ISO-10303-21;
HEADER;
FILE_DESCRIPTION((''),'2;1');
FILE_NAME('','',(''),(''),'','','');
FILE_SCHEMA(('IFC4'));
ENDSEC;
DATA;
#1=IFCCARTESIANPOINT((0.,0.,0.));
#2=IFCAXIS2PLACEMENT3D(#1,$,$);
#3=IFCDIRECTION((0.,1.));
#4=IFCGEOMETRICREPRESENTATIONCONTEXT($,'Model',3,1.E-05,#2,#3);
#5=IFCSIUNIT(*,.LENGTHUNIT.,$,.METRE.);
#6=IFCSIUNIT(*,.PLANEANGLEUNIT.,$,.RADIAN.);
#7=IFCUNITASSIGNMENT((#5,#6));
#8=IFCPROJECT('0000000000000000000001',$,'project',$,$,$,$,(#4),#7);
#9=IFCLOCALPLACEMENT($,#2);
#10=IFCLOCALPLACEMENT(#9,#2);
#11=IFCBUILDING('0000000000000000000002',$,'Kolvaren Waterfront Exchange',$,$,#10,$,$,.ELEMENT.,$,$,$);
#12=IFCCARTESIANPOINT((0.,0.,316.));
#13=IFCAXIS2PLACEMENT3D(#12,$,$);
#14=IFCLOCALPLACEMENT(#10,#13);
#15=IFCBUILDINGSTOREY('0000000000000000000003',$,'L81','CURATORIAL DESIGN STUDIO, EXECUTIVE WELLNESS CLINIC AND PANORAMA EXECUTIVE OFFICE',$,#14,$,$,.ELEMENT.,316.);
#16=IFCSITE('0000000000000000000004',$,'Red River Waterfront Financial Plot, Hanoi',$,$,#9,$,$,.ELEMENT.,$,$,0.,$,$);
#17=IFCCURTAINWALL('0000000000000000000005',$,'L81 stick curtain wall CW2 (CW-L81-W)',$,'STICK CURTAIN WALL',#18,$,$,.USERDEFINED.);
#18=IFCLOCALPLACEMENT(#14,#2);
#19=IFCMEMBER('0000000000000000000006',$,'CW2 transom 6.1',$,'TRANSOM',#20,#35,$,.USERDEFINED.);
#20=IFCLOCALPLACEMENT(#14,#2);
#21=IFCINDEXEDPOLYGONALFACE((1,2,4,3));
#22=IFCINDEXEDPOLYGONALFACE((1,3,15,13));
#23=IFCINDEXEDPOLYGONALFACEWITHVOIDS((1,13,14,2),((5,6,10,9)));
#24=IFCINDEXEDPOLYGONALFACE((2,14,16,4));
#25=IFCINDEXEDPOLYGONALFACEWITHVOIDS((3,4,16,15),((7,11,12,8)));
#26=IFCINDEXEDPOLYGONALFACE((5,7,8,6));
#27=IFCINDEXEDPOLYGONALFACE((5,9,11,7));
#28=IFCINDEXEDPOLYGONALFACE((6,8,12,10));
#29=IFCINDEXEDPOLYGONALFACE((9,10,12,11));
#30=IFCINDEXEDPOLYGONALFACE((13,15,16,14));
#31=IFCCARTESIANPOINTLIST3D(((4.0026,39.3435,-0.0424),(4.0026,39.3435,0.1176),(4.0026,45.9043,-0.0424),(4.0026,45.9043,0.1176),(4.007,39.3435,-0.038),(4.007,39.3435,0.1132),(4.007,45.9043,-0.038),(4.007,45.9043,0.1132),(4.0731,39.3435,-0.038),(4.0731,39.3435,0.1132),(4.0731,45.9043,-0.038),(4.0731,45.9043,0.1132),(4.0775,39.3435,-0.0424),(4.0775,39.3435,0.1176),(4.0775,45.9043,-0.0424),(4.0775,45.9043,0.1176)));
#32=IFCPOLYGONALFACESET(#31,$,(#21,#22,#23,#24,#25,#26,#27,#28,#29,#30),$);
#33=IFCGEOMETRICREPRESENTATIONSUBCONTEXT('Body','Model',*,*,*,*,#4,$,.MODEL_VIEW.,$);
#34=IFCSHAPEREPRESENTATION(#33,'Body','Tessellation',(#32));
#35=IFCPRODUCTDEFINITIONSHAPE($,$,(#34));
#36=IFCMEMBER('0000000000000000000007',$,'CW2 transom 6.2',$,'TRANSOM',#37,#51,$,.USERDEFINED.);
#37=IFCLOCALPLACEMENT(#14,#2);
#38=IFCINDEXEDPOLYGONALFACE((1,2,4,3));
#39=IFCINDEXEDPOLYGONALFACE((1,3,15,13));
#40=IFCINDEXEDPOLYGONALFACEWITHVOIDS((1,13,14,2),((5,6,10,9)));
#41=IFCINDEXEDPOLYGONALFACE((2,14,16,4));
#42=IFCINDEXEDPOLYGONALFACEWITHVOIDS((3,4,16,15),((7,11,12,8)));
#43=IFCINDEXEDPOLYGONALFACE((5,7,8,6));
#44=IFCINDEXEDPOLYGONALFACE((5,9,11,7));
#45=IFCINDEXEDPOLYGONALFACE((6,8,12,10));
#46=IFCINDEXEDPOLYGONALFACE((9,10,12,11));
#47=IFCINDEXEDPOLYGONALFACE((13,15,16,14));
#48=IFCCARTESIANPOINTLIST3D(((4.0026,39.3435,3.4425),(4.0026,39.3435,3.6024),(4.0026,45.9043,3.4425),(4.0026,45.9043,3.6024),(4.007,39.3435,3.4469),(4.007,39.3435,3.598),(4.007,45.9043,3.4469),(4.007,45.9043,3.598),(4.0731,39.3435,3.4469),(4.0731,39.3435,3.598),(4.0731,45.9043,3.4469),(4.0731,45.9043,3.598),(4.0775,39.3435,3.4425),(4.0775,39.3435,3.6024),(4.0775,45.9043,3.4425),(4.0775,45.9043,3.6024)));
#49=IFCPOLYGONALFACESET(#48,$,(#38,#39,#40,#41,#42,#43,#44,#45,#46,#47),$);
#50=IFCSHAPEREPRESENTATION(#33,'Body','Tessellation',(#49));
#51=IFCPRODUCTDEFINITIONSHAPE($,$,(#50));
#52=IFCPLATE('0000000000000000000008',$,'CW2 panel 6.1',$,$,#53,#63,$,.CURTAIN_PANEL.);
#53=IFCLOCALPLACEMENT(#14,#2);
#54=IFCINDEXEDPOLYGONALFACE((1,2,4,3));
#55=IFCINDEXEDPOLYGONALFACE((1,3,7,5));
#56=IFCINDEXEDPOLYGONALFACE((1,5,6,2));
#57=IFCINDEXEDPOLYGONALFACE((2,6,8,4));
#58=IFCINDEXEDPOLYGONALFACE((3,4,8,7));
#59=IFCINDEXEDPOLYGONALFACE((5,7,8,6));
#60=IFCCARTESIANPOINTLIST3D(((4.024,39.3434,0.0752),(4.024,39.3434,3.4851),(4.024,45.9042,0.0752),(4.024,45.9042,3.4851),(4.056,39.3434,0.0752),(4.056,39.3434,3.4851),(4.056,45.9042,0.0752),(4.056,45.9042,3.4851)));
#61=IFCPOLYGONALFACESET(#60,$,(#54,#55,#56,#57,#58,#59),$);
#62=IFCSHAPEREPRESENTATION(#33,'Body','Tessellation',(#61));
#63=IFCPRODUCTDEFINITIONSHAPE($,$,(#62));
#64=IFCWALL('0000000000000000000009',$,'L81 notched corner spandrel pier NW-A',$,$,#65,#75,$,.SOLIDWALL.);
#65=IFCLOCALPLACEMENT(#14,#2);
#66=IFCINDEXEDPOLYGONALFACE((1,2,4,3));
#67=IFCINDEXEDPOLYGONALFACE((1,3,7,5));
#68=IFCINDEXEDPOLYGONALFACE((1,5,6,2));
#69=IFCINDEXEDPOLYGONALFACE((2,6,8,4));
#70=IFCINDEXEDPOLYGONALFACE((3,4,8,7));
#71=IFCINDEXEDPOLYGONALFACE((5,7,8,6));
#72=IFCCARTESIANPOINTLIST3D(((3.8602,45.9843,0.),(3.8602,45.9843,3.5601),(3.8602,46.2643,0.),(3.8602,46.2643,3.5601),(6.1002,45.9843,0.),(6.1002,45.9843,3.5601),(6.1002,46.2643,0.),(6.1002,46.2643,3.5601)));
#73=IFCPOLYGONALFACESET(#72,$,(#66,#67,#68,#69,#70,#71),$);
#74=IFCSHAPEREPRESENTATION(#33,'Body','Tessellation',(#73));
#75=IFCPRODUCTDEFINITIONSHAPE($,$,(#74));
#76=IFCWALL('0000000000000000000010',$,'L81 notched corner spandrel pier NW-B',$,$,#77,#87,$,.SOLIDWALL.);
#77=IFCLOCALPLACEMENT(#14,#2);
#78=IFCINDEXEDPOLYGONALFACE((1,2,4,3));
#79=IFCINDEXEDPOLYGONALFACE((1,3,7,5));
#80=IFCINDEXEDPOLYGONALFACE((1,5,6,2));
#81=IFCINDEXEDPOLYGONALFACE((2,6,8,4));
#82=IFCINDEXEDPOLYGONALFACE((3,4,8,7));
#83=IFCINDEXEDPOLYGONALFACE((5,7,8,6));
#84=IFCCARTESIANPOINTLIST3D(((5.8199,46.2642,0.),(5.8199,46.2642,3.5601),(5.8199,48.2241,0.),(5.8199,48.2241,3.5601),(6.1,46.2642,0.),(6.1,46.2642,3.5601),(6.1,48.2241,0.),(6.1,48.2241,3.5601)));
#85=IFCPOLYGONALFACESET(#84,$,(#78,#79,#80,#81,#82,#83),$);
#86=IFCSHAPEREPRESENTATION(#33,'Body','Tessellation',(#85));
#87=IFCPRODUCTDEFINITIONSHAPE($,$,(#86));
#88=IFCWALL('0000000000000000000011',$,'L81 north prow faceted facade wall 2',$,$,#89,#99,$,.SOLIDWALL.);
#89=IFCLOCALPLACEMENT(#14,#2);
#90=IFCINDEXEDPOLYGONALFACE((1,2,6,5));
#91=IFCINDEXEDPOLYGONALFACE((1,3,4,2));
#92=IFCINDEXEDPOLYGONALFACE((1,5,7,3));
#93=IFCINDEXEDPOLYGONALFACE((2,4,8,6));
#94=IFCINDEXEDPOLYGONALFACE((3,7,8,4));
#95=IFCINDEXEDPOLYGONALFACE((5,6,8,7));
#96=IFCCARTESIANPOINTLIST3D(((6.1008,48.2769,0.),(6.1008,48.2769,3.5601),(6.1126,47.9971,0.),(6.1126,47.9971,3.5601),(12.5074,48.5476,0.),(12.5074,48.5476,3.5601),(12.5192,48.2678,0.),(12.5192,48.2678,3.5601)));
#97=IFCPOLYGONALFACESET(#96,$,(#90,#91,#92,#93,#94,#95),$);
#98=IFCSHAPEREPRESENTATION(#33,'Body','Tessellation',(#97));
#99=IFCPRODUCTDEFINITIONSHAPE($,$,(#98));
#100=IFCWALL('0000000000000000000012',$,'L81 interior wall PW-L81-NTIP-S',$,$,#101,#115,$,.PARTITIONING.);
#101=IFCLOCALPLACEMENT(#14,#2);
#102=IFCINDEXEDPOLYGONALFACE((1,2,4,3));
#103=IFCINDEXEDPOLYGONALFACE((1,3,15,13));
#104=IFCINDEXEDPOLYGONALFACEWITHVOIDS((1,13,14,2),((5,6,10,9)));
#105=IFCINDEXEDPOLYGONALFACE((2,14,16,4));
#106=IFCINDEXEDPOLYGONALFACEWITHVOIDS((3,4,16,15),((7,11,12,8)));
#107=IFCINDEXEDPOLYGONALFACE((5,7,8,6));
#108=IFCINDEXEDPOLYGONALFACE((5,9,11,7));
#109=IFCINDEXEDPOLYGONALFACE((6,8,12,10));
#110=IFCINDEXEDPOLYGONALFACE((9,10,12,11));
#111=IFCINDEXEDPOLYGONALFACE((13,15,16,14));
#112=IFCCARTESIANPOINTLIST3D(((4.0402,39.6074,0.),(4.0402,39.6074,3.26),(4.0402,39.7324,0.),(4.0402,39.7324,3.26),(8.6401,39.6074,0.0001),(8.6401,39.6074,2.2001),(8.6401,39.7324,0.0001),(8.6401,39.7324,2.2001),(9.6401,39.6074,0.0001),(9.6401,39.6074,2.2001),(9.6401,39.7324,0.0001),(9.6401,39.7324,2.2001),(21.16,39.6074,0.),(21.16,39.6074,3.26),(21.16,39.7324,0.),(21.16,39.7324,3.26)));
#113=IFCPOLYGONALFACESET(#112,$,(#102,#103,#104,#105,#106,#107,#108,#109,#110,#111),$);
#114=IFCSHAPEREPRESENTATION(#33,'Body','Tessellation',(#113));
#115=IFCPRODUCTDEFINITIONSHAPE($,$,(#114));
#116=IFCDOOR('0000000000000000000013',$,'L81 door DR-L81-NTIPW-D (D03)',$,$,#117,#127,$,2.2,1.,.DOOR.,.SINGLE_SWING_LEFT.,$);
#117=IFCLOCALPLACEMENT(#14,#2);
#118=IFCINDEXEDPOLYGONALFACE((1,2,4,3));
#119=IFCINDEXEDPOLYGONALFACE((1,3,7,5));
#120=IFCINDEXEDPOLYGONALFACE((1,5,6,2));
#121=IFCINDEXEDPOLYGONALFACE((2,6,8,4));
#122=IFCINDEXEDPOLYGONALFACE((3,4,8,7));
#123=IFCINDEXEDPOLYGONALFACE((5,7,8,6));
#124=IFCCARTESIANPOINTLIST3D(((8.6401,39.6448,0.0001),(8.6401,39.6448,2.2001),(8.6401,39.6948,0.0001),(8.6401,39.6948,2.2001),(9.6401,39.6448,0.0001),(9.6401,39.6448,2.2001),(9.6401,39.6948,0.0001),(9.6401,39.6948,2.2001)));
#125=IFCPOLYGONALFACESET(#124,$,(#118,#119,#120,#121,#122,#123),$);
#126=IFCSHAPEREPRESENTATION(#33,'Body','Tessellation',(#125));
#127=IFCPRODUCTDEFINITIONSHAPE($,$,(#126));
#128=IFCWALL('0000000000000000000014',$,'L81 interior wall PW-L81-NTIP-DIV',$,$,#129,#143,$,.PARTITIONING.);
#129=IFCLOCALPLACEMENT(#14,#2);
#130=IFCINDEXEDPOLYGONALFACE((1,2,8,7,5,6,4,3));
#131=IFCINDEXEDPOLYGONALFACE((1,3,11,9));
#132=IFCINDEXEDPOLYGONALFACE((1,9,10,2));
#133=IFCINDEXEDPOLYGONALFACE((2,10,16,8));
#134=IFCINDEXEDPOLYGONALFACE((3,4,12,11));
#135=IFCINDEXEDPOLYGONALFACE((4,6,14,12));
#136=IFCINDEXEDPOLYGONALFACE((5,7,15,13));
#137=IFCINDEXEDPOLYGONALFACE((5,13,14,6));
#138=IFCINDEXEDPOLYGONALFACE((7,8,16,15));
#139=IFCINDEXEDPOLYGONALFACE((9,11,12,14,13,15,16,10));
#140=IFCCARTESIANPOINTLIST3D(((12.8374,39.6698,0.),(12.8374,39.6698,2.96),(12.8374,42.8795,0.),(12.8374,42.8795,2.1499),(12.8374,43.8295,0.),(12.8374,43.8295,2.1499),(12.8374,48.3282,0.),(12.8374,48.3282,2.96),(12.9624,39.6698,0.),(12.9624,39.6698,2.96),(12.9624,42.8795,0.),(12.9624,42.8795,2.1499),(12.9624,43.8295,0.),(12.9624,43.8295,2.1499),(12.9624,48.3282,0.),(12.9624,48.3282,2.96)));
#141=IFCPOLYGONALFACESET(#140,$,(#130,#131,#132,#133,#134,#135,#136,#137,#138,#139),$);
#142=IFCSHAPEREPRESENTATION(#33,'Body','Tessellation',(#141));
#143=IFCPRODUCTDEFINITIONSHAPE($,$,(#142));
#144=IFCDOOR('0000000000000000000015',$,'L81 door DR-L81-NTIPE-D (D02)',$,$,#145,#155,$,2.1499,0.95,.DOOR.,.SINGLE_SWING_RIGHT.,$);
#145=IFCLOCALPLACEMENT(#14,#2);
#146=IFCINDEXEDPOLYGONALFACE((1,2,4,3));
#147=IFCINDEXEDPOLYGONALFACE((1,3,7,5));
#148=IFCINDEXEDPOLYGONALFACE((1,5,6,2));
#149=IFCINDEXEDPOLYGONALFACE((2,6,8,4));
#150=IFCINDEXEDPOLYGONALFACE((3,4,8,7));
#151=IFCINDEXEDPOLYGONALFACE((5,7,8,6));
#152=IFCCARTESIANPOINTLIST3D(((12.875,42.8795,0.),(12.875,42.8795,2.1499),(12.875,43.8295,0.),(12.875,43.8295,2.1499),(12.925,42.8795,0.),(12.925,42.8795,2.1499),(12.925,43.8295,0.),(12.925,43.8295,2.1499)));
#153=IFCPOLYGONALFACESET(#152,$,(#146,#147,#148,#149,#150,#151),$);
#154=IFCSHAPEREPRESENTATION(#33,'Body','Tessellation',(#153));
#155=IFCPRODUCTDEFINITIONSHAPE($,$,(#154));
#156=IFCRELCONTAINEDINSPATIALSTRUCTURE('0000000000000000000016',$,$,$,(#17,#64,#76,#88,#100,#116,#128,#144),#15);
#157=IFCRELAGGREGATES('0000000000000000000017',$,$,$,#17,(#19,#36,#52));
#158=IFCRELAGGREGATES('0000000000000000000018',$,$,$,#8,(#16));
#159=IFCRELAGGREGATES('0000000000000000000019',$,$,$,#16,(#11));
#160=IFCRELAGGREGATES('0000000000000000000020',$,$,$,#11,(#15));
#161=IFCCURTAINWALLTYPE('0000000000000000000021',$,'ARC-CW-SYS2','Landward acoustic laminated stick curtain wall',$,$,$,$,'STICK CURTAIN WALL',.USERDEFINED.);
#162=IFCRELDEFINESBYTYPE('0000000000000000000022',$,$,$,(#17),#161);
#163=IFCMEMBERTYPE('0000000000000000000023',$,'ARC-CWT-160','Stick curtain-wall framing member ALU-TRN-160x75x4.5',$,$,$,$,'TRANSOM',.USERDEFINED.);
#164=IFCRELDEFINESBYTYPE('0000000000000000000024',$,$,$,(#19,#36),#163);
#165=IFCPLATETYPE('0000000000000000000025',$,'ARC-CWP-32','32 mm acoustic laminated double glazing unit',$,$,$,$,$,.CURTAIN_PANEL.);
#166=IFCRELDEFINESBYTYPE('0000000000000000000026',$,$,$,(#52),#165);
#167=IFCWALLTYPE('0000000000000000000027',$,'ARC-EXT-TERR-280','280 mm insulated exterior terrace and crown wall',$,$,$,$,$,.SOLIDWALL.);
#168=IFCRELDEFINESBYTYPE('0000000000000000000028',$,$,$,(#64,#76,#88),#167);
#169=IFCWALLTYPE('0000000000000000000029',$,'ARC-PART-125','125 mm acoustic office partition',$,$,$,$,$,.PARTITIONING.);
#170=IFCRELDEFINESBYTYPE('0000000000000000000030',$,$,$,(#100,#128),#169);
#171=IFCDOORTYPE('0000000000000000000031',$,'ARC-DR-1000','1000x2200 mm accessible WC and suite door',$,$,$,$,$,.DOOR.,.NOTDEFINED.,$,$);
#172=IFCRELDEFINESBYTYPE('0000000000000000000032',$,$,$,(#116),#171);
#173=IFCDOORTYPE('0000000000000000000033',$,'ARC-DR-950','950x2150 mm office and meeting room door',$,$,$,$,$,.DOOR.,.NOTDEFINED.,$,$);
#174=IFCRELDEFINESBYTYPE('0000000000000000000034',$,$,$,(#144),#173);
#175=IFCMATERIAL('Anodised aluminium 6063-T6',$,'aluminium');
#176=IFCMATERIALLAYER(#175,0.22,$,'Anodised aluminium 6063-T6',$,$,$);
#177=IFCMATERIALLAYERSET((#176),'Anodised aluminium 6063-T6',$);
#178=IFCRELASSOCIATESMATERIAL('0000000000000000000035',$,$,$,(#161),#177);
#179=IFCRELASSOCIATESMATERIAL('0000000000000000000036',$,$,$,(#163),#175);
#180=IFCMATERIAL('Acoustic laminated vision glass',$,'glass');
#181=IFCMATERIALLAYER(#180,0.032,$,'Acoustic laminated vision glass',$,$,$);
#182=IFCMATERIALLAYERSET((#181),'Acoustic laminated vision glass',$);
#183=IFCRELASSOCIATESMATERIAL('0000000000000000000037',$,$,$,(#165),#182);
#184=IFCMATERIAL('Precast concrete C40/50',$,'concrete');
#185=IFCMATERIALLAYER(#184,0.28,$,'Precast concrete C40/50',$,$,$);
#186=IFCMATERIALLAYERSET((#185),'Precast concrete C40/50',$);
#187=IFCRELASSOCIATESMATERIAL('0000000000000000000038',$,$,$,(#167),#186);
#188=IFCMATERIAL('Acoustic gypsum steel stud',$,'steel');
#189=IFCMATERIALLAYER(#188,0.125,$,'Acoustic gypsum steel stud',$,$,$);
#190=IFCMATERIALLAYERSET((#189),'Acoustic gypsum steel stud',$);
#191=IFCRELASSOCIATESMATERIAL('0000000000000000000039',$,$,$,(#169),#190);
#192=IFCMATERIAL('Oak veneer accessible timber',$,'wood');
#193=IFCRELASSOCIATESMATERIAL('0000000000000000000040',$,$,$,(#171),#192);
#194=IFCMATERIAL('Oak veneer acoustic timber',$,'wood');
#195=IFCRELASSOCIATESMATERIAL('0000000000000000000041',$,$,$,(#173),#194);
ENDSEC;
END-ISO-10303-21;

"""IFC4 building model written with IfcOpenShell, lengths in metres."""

from ifc_helpers import new_model, si_unit, direction, frame, frame_2d, origin, origin_with_axes, origin_2d, place, context, subcontext, project, spatial, rectangle, hollow_rectangle, extrude, source, transform, mapped, material, layer, layer_set, material_profile, profile_set, type_object, element, fill, aggregate, save


model = new_model("IFC4")

# Units and contexts
model_context = context("Model", 3, precision=1e-05, world=origin(), true_north=direction((0.0, 1.0)))
body_context = subcontext(model_context, "Body", "Model", "MODEL_VIEW")
ifc_project = project(units=[si_unit("LENGTHUNIT", "METRE"), si_unit("PLANEANGLEUNIT", "RADIAN")], contexts=[model_context])

# Site, building, storey
site_placement = place(None, origin())
site = spatial("IfcSite", under=ifc_project, at=site_placement, Name="Red River Waterfront Financial Plot, Hanoi", CompositionType="ELEMENT", RefElevation=0.0)
building_placement = place(site_placement, origin())
building = spatial("IfcBuilding", under=site, at=building_placement, Name="Kolvaren Waterfront Exchange", CompositionType="ELEMENT")
storey_placement = place(building_placement, frame((0.0, 0.0, 316.0)))
storey = spatial("IfcBuildingStorey", under=building, at=storey_placement, Name="L81", Description="CURATORIAL DESIGN STUDIO, EXECUTIVE WELLNESS CLINIC AND PANORAMA EXECUTIVE OFFICE", CompositionType="ELEMENT", Elevation=316.0)

# Curtain wall, members, plate
ifc_material_1 = material(Name="Anodised aluminium 6063-T6", Category="aluminium")
ifc_layer_1 = layer(ifc_material_1, 0.22, Name="Anodised aluminium 6063-T6")
ifc_layer_set_1 = layer_set([ifc_layer_1], Name="Anodised aluminium 6063-T6")
curtain_wall_type = type_object("IfcCurtainWallType", Name="ARC-CW-SYS2", Description="Landward acoustic laminated stick curtain wall", ElementType="STICK CURTAIN WALL", PredefinedType="USERDEFINED", material=ifc_layer_set_1)
curtain_wall_placement = place(storey_placement, origin())
curtain_wall = element("IfcCurtainWall", 1, at=curtain_wall_placement, inside=storey, type_object=curtain_wall_type, Name="L81 stick curtain wall CW2 (CW-L81-W)", ObjectType="STICK CURTAIN WALL", PredefinedType="USERDEFINED")
ifc_material_profile_1 = material_profile(ifc_material_1, hollow_rectangle(XDim=0.075, YDim=0.1599, WallThickness=0.0044, at=origin_2d()), Name="ALU-TRN-160x75x4.5")
ifc_profile_set_1 = profile_set([ifc_material_profile_1], Name="Anodised aluminium 6063-T6")
member_type_1 = type_object("IfcMemberType", Name="ARC-CWT-160", Description="Stick curtain-wall framing member ALU-TRN-160x75x4.5", ElementType="TRANSOM", PredefinedType="USERDEFINED", material=ifc_profile_set_1)
shared_shape_1 = source(origin_with_axes(), body_context, "Body", "SweptSolid", [
    extrude(hollow_rectangle(XDim=0.075, YDim=0.1599, WallThickness=0.0044, at=origin_2d()), origin(), (0.0, 0.0, 1.0), 6.5608),
])
member_1_placement = place(storey_placement, frame((4.04, 39.3435, 0.0376), z_axis=(0.0, 1.0, 0.0), x_axis=(-1.0, 0.0, 0.0)))
member_1 = element("IfcMember", 2, at=member_1_placement, type_object=member_type_1, Name="CW2 transom 6.1", ObjectType="TRANSOM", PredefinedType="USERDEFINED", context=body_context, shape_type="MappedRepresentation", body=[
    mapped(shared_shape_1, transform((0.0, 0.0, 0.0), x_axis=(1.0, 0.0, 0.0), y_axis=(0.0, 1.0, 0.0), z_axis=(0.0, 0.0, 1.0), scale=1.0)),
])
member_2_placement = place(storey_placement, frame((4.04, 39.3435, 3.5225), z_axis=(0.0, 1.0, 0.0), x_axis=(-1.0, 0.0, 0.0)))
member_2 = element("IfcMember", 3, at=member_2_placement, type_object=member_type_1, Name="CW2 transom 6.2", ObjectType="TRANSOM", PredefinedType="USERDEFINED", context=body_context, shape_type="MappedRepresentation", body=[
    mapped(shared_shape_1, transform((0.0, 0.0, 0.0), x_axis=(1.0, 0.0, 0.0), y_axis=(0.0, 1.0, 0.0), z_axis=(0.0, 0.0, 1.0), scale=1.0)),
])
ifc_material_2 = material(Name="Acoustic laminated vision glass", Category="glass")
ifc_layer_2 = layer(ifc_material_2, 0.032, Name="Acoustic laminated vision glass")
ifc_layer_set_2 = layer_set([ifc_layer_2], Name="Acoustic laminated vision glass")
plate_type = type_object("IfcPlateType", Name="ARC-CWP-32", Description="32 mm acoustic laminated double glazing unit", PredefinedType="CURTAIN_PANEL", material=ifc_layer_set_2)
shared_shape_2 = source(origin_with_axes(), body_context, "Body", "SweptSolid", [
    extrude(rectangle(XDim=6.5608, YDim=0.032, at=origin_2d()), origin(), (0.0, 0.0, 1.0), 3.4099),
])
plate_placement = place(storey_placement, frame((4.04, 42.6238, 0.0752), z_axis=(0.0, 0.0, 1.0), x_axis=(0.0, 1.0, 0.0)))
plate = element("IfcPlate", 4, at=plate_placement, type_object=plate_type, Name="CW2 panel 6.1", PredefinedType="CURTAIN_PANEL", context=body_context, shape_type="MappedRepresentation", body=[
    mapped(shared_shape_2, transform((0.0, 0.0, 0.0), x_axis=(1.0, 0.0, 0.0), y_axis=(0.0, 1.0, 0.0), z_axis=(0.0, 0.0, 1.0), scale=1.0)),
])
aggregate(curtain_wall, [member_1, member_2, plate])

# Walls
ifc_material_3 = material(Name="Precast concrete C40/50", Category="concrete")
ifc_layer_3 = layer(ifc_material_3, 0.28, Name="Precast concrete C40/50")
ifc_layer_set_3 = layer_set([ifc_layer_3], Name="Precast concrete C40/50")
wall_type_1 = type_object("IfcWallType", Name="ARC-EXT-TERR-280", Description="280 mm insulated exterior terrace and crown wall", PredefinedType="SOLIDWALL", material=ifc_layer_set_3)
wall_1_placement = place(storey_placement, frame((3.8601, 46.1243, 0.0), z_axis=(0.0, 0.0, 1.0), x_axis=(1.0, 0.0, 0.0)))
element("IfcWall", 5, at=wall_1_placement, inside=storey, type_object=wall_type_1, Name="L81 notched corner spandrel pier NW-A", PredefinedType="SOLIDWALL", context=body_context, shape_type="SweptSolid", body=[
    extrude(rectangle(XDim=2.24, YDim=0.28, at=frame_2d((1.1201, 0.0))), origin(), (0.0, 0.0, 1.0), 3.5601),
])
wall_2_placement = place(storey_placement, frame((5.96, 46.2642, 0.0), z_axis=(0.0, 0.0, 1.0), x_axis=(0.0, 1.0, 0.0)))
element("IfcWall", 6, at=wall_2_placement, inside=storey, type_object=wall_type_1, Name="L81 notched corner spandrel pier NW-B", PredefinedType="SOLIDWALL", context=body_context, shape_type="SweptSolid", body=[
    extrude(rectangle(XDim=1.96, YDim=0.28, at=frame_2d((0.98, 0.0))), origin(), (0.0, 0.0, 1.0), 3.5601),
])
wall_3_placement = place(storey_placement, frame((12.5132, 48.4077, 0.0), z_axis=(0.0, 0.0, 1.0), x_axis=(-0.999108, -0.042223, 0.0)))
element("IfcWall", 7, at=wall_3_placement, inside=storey, type_object=wall_type_1, Name="L81 north prow faceted facade wall 2", PredefinedType="SOLIDWALL", context=body_context, shape_type="SweptSolid", body=[
    extrude(rectangle(XDim=6.4124, YDim=0.28, at=frame_2d((3.2061, 0.0))), origin(), (0.0, 0.0, 1.0), 3.5601),
])

# Walls, openings, doors
ifc_material_4 = material(Name="Acoustic gypsum steel stud", Category="steel")
ifc_layer_4 = layer(ifc_material_4, 0.125, Name="Acoustic gypsum steel stud")
ifc_layer_set_4 = layer_set([ifc_layer_4], Name="Acoustic gypsum steel stud")
wall_type_2 = type_object("IfcWallType", Name="ARC-PART-125", Description="125 mm acoustic office partition", PredefinedType="PARTITIONING", material=ifc_layer_set_4)
wall_4_placement = place(storey_placement, frame((4.04, 39.6699, 0.0), z_axis=(0.0, 0.0, 1.0), x_axis=(1.0, 0.0, 0.0)))
wall_4 = element("IfcWall", 8, at=wall_4_placement, inside=storey, type_object=wall_type_2, Name="L81 interior wall PW-L81-NTIP-S", PredefinedType="PARTITIONING", context=body_context, shape_type="SweptSolid", body=[
    extrude(rectangle(XDim=17.1199, YDim=0.125, at=frame_2d((8.5601, 0.0))), origin(), (0.0, 0.0, 1.0), 3.26),
])
opening_1_placement = place(wall_4_placement, frame((4.6001, 0.0, 0.0)))
opening_1 = element("IfcOpeningElement", 9, at=opening_1_placement, cuts=wall_4, PredefinedType="OPENING", context=body_context, shape_type="SweptSolid", body=[
    extrude(rectangle(XDim=1.0, YDim=2.2, at=frame_2d((0.5, 1.1001))), frame((0.0, 0.0725, 0.0), z_axis=(0.0, -1.0, 0.0), x_axis=(1.0, 0.0, 0.0)), (0.0, 0.0, 1.0), 0.145),
])
ifc_material_5 = material(Name="Oak veneer accessible timber", Category="wood")
door_type_1 = type_object("IfcDoorType", Name="ARC-DR-1000", Description="1000x2200 mm accessible WC and suite door", OperationType="NOTDEFINED", PredefinedType="DOOR", material=ifc_material_5)
door_1_placement = place(opening_1_placement, origin())
door_1 = element("IfcDoor", 10, at=door_1_placement, inside=storey, type_object=door_type_1, Name="L81 door DR-L81-NTIPW-D (D03)", OperationType="SINGLE_SWING_LEFT", OverallHeight=2.2, OverallWidth=1.0, PredefinedType="DOOR", context=body_context, shape_type="SweptSolid", body=[
    extrude(rectangle(XDim=1.0, YDim=2.2, at=frame_2d((0.5, 1.1001))), frame((0.0, 0.0249, 0.0), z_axis=(0.0, -1.0, 0.0), x_axis=(1.0, 0.0, 0.0)), (0.0, 0.0, 1.0), 0.05),
])
fill(opening_1, door_1)
wall_5_placement = place(storey_placement, frame((12.8999, 39.6699, 0.0), z_axis=(0.0, 0.0, 1.0), x_axis=(0.0, 1.0, 0.0)))
wall_5 = element("IfcWall", 11, at=wall_5_placement, inside=storey, type_object=wall_type_2, Name="L81 interior wall PW-L81-NTIP-DIV", PredefinedType="PARTITIONING", context=body_context, shape_type="SweptSolid", body=[
    extrude(rectangle(XDim=8.6584, YDim=0.125, at=frame_2d((4.3291, 0.0))), origin(), (0.0, 0.0, 1.0), 2.96),
])
opening_2_placement = place(wall_5_placement, frame((3.2095, 0.0, 0.0)))
opening_2 = element("IfcOpeningElement", 12, at=opening_2_placement, cuts=wall_5, PredefinedType="OPENING", context=body_context, shape_type="SweptSolid", body=[
    extrude(rectangle(XDim=0.95, YDim=2.1499, at=frame_2d((0.4751, 1.075))), frame((0.0, 0.0725, 0.0), z_axis=(0.0, -1.0, 0.0), x_axis=(1.0, 0.0, 0.0)), (0.0, 0.0, 1.0), 0.145),
])
ifc_material_6 = material(Name="Oak veneer acoustic timber", Category="wood")
door_type_2 = type_object("IfcDoorType", Name="ARC-DR-950", Description="950x2150 mm office and meeting room door", OperationType="NOTDEFINED", PredefinedType="DOOR", material=ifc_material_6)
door_2_placement = place(opening_2_placement, origin())
door_2 = element("IfcDoor", 13, at=door_2_placement, inside=storey, type_object=door_type_2, Name="L81 door DR-L81-NTIPE-D (D02)", OperationType="SINGLE_SWING_RIGHT", OverallHeight=2.1499, OverallWidth=0.95, PredefinedType="DOOR", context=body_context, shape_type="SweptSolid", body=[
    extrude(rectangle(XDim=0.95, YDim=2.1499, at=frame_2d((0.4751, 1.075))), frame((0.0, 0.0249, 0.0), z_axis=(0.0, -1.0, 0.0), x_axis=(1.0, 0.0, 0.0)), (0.0, 0.0, 1.0), 0.05),
])
fill(opening_2, door_2)

save(model, "model.ifc")
